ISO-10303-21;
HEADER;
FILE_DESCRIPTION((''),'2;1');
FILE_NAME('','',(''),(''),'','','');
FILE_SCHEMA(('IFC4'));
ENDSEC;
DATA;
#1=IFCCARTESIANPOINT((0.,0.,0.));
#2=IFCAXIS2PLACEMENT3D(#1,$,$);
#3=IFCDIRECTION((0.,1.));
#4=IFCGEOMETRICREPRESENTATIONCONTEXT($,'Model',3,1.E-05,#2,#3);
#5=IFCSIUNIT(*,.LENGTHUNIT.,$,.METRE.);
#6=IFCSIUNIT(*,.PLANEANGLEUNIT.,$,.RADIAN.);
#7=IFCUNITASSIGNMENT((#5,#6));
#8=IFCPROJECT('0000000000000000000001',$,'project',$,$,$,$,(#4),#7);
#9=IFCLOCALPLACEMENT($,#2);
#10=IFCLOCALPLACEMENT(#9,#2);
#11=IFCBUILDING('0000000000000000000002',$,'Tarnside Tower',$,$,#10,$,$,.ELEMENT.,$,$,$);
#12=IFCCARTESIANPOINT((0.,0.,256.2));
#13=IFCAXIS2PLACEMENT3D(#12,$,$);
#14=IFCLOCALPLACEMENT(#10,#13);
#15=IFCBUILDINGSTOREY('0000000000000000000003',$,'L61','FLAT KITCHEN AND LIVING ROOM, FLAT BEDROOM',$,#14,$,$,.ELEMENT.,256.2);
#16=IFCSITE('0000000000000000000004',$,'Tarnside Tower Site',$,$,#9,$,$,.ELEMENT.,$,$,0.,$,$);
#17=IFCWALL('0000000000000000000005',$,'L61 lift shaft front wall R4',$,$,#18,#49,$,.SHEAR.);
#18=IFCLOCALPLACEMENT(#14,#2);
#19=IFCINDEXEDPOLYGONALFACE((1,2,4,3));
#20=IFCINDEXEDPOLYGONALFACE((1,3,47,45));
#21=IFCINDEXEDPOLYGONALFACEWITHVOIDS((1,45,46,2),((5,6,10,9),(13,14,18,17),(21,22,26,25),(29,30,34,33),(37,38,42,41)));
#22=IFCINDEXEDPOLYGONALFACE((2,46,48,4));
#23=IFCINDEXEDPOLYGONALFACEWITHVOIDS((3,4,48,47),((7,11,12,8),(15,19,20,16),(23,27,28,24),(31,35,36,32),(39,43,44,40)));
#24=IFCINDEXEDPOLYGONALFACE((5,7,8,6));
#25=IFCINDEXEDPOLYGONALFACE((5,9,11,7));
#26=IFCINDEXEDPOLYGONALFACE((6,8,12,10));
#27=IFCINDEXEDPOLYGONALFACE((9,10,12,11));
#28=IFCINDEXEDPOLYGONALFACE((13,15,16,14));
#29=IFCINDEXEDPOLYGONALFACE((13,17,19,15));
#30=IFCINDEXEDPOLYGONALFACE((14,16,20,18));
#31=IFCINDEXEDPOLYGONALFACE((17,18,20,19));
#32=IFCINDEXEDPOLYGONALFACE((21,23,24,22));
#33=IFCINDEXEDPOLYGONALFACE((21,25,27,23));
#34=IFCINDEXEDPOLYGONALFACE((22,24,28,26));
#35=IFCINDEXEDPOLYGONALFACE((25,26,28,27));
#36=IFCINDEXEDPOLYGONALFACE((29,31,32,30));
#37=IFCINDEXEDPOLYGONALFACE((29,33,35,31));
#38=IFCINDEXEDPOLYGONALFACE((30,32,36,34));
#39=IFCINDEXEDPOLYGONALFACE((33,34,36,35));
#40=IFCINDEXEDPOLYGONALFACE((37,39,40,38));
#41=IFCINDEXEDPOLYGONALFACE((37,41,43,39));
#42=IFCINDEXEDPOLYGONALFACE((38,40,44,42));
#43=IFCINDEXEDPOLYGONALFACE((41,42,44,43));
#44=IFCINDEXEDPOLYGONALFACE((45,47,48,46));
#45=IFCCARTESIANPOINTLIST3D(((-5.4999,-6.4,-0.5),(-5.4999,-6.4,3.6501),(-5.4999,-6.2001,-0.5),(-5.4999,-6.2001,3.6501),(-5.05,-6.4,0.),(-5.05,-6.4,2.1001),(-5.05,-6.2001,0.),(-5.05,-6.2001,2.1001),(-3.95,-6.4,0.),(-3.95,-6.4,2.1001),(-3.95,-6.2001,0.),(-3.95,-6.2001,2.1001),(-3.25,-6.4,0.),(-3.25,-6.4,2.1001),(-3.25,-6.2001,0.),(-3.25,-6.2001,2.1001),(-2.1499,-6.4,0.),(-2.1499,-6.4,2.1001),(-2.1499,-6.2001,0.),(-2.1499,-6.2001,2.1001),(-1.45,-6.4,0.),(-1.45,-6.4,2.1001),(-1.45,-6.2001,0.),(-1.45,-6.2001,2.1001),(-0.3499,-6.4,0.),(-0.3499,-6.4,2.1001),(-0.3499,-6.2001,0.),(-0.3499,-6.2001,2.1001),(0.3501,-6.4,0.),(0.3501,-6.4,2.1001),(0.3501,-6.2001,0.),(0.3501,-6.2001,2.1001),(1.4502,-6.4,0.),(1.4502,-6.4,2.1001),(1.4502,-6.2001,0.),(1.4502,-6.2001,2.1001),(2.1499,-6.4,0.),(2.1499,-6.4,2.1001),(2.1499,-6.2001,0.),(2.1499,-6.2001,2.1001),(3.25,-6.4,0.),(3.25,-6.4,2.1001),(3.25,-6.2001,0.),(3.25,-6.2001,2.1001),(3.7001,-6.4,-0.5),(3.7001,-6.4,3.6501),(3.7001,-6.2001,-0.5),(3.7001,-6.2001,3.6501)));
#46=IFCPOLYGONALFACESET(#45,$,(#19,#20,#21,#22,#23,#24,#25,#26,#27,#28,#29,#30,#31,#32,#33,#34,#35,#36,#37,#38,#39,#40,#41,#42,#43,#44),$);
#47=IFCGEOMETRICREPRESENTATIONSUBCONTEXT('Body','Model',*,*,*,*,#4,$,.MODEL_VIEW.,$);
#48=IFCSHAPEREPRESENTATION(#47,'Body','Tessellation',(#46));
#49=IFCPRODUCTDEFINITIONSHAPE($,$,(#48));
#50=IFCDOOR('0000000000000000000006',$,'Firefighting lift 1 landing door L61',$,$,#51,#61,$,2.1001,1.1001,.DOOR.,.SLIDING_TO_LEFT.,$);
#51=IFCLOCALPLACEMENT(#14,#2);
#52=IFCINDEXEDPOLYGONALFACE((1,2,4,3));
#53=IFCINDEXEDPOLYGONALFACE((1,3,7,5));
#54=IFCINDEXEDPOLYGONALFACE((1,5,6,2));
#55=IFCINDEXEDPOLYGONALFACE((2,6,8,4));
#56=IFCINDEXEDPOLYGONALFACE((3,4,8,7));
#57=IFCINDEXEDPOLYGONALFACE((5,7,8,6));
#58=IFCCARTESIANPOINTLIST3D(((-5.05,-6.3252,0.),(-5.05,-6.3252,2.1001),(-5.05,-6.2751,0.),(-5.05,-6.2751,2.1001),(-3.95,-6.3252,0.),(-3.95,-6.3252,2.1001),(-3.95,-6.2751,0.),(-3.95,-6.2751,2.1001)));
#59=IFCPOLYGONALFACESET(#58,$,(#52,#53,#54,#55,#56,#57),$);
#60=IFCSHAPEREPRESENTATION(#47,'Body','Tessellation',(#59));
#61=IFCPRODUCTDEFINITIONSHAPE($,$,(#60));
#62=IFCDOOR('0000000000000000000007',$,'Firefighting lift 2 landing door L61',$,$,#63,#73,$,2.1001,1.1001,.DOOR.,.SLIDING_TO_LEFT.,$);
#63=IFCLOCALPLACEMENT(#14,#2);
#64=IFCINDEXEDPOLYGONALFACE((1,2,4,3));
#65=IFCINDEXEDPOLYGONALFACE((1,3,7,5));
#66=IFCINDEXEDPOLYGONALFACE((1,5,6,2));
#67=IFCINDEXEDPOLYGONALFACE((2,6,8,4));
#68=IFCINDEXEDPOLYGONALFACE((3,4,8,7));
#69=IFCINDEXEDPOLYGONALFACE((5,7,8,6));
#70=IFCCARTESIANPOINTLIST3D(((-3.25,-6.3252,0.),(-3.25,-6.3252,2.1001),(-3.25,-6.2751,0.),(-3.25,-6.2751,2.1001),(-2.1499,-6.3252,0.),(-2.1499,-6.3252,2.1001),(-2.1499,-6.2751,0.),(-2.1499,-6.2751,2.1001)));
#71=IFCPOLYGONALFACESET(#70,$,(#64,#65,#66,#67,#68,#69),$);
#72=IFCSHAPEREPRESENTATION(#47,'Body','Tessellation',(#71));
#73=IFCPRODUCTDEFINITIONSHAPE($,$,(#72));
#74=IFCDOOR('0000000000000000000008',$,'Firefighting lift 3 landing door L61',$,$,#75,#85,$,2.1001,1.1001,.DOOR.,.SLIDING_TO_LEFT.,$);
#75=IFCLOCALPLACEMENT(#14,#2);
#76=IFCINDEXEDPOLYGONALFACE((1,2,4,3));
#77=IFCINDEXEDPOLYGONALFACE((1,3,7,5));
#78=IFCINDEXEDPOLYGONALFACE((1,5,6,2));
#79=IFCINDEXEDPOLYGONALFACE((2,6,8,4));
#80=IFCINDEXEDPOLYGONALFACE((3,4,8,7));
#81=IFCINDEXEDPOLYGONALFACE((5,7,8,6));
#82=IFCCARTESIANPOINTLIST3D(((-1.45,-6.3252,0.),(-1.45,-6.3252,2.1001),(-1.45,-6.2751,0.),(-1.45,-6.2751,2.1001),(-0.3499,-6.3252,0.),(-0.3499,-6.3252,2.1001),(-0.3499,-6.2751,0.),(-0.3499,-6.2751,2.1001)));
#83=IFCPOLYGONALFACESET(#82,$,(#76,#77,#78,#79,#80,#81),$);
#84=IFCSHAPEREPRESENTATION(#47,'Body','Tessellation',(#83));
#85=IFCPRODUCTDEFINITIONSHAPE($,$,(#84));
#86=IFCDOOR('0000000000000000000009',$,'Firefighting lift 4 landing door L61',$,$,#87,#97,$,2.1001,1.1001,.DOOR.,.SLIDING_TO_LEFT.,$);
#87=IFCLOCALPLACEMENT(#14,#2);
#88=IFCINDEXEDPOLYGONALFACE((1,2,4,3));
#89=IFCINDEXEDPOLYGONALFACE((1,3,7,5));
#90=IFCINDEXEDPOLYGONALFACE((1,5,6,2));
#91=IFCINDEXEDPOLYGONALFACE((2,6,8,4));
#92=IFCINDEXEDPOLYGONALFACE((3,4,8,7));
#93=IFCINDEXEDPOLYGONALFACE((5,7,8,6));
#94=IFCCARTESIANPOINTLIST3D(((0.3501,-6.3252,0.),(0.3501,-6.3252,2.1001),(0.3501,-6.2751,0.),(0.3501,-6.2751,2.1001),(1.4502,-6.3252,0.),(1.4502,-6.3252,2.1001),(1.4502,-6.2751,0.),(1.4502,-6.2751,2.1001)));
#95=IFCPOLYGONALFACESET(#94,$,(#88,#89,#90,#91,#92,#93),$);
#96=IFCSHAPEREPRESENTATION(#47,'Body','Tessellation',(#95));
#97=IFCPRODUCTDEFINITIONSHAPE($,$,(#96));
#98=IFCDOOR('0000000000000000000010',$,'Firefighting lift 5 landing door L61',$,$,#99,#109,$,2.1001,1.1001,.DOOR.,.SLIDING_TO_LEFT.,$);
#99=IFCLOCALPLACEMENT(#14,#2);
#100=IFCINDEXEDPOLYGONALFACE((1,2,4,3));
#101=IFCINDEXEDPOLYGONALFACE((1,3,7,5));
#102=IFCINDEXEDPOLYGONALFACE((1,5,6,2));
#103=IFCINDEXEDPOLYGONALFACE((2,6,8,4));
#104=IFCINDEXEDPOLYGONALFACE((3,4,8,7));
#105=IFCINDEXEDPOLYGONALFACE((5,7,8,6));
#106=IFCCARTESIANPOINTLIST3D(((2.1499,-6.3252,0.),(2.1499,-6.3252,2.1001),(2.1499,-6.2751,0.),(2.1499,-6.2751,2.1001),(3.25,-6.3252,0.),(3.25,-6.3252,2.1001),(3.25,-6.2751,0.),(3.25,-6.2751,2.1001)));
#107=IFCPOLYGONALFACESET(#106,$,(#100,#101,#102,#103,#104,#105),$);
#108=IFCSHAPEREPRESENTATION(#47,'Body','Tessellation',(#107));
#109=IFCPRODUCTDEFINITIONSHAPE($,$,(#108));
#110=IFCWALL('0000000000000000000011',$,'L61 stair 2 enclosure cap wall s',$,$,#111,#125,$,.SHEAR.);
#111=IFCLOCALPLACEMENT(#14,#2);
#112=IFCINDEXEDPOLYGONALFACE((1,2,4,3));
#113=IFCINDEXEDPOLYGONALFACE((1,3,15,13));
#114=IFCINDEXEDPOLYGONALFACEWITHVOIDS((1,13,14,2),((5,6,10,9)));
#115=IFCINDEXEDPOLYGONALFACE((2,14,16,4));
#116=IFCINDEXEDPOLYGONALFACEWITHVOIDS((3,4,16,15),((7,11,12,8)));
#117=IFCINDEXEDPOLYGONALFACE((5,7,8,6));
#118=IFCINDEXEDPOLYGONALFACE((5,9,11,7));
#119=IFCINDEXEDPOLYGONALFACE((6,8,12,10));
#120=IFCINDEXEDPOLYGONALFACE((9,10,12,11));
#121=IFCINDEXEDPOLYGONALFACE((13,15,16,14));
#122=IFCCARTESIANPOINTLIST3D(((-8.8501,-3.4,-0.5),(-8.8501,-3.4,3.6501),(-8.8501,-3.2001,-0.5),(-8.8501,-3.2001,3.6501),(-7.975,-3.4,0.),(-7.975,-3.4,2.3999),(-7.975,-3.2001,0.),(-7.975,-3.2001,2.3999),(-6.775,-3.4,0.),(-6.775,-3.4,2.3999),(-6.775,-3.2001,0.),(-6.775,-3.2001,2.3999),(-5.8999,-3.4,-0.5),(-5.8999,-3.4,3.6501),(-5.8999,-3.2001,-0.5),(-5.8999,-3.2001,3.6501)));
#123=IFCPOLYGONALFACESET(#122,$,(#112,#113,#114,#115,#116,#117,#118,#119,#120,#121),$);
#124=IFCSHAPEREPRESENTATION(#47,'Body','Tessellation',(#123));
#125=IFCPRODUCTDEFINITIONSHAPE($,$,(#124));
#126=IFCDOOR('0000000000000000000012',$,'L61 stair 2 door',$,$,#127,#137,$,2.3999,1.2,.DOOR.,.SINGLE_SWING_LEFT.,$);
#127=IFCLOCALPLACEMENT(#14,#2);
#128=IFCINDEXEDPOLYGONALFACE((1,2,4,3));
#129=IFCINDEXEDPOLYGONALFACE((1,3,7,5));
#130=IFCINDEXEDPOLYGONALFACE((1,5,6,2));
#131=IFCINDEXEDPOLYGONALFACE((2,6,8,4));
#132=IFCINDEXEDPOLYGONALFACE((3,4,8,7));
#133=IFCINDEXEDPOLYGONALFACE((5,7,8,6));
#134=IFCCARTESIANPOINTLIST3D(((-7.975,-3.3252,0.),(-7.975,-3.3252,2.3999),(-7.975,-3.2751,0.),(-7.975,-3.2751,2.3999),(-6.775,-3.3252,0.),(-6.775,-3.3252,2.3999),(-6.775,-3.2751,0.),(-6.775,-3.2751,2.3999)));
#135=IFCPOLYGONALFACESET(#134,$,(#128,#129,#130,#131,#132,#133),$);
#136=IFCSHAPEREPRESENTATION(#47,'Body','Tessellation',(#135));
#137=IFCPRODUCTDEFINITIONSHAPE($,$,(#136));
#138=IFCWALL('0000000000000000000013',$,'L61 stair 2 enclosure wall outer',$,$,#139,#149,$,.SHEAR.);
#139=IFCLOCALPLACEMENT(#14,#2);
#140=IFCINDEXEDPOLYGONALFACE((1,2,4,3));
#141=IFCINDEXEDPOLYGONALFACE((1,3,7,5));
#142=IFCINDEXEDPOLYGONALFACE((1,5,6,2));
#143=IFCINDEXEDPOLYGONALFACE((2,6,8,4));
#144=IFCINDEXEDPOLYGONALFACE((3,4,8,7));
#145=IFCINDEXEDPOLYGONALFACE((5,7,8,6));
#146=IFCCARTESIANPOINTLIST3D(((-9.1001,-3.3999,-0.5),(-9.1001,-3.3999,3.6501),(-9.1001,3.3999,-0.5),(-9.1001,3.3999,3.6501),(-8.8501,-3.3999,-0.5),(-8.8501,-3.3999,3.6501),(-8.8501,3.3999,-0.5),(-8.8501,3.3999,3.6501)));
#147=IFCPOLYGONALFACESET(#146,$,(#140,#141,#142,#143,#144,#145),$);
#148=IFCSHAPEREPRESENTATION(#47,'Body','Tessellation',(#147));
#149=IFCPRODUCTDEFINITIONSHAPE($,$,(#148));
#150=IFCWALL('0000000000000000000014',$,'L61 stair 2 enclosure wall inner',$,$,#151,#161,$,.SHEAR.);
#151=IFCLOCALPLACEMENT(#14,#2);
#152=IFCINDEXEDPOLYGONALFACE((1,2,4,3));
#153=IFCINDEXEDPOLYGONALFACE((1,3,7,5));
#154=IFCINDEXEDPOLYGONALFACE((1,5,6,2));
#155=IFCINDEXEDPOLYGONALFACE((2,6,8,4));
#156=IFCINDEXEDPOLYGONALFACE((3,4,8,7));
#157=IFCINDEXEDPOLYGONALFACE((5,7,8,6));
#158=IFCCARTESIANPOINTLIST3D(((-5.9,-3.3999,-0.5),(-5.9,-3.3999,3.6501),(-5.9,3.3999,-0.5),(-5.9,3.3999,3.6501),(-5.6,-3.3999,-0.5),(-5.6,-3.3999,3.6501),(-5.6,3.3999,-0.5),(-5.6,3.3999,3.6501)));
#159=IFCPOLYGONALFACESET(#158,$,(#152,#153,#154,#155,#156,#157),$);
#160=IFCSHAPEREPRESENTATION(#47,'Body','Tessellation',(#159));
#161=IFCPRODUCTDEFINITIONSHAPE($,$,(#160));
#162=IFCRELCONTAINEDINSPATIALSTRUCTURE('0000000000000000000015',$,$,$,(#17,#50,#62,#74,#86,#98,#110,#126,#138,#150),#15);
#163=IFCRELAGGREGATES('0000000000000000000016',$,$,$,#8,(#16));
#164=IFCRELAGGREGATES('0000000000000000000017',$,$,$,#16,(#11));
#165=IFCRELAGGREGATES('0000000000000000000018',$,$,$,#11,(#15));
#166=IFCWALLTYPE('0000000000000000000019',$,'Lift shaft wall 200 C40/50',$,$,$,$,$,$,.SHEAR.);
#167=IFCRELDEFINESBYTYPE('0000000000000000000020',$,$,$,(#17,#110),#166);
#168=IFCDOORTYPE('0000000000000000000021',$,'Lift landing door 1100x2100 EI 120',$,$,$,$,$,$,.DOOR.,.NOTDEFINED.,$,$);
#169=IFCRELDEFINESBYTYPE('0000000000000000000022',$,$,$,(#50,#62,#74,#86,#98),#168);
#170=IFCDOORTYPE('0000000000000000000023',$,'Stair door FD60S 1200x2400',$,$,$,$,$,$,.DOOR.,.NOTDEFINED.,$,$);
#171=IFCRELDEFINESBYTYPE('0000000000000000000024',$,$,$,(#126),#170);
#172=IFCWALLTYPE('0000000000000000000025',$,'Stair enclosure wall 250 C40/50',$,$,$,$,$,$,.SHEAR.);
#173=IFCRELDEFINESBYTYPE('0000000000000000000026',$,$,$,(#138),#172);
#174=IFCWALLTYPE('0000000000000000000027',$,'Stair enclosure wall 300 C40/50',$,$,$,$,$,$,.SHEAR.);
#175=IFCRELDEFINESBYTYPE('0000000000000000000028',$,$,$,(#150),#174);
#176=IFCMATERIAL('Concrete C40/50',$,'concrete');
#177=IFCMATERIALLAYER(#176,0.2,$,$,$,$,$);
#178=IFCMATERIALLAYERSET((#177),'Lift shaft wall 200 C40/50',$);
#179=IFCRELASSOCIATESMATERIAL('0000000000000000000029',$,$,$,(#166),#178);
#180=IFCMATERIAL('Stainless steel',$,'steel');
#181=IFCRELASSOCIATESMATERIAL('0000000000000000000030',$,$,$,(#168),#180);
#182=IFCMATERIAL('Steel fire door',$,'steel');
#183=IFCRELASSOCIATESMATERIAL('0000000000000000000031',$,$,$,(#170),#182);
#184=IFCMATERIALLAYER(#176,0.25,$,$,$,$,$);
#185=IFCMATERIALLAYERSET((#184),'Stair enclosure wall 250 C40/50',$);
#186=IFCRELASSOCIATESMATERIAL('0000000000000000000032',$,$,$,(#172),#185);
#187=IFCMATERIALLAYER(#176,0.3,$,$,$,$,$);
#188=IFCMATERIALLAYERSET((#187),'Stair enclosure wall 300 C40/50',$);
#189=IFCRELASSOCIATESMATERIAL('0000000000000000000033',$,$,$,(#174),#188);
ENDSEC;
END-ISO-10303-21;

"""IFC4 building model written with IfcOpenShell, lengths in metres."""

from ifc_helpers import new_model, si_unit, direction, frame, frame_2d, origin, place, context, subcontext, project, spatial, rectangle, extrude, material, layer, layer_set, type_object, element, fill, save


model = new_model("IFC4")

# Units and contexts
model_context = context("Model", 3, precision=1e-05, world=origin(), true_north=direction((0.0, 1.0)))
body_context = subcontext(model_context, "Body", "Model", "MODEL_VIEW")
ifc_project = project(units=[si_unit("LENGTHUNIT", "METRE"), si_unit("PLANEANGLEUNIT", "RADIAN")], contexts=[model_context])

# Site, building, storey
site_placement = place(None, origin())
site = spatial("IfcSite", under=ifc_project, at=site_placement, Name="Tarnside Tower Site", CompositionType="ELEMENT", RefElevation=0.0)
building_placement = place(site_placement, origin())
building = spatial("IfcBuilding", under=site, at=building_placement, Name="Tarnside Tower", CompositionType="ELEMENT")
storey_placement = place(building_placement, frame((0.0, 0.0, 256.2)))
storey = spatial("IfcBuildingStorey", under=building, at=storey_placement, Name="L61", Description="FLAT KITCHEN AND LIVING ROOM, FLAT BEDROOM", CompositionType="ELEMENT", Elevation=256.2)

# Shared definitions
ifc_material_1 = material(Name="Concrete C40/50", Category="concrete")
ifc_material_2 = material(Name="Steel fire door", Category="steel")

# Wall, openings, doors
ifc_layer_1 = layer(ifc_material_1, 0.2)
ifc_layer_set_1 = layer_set([ifc_layer_1], Name="Lift shaft wall 200 C40/50")
wall_type_1 = type_object("IfcWallType", Name="Lift shaft wall 200 C40/50", PredefinedType="SHEAR", material=ifc_layer_set_1)
wall_1_placement = place(storey_placement, frame((-5.5, -6.3, -0.5), z_axis=(0.0, 0.0, 1.0), x_axis=(1.0, 0.0, 0.0)))
wall_1 = element("IfcWall", 1, at=wall_1_placement, inside=storey, type_object=wall_type_1, Name="L61 lift shaft front wall R4", PredefinedType="SHEAR", context=body_context, shape_type="SweptSolid", body=[
    extrude(rectangle(XDim=9.2, YDim=0.2, at=frame_2d((4.6001, 0.0))), origin(), (0.0, 0.0, 1.0), 4.1501),
])
opening_1_placement = place(wall_1_placement, frame((0.45, 0.0, 0.5)))
opening_1 = element("IfcOpeningElement", 2, at=opening_1_placement, cuts=wall_1, PredefinedType="OPENING", context=body_context, shape_type="SweptSolid", body=[
    extrude(rectangle(XDim=1.1001, YDim=2.1001, at=frame_2d((0.55, 1.05))), frame((0.0, 0.1099, 0.0), z_axis=(0.0, -1.0, 0.0), x_axis=(1.0, 0.0, 0.0)), (0.0, 0.0, 1.0), 0.22),
])
opening_2_placement = place(wall_1_placement, frame((2.25, 0.0, 0.5)))
opening_2 = element("IfcOpeningElement", 3, at=opening_2_placement, cuts=wall_1, PredefinedType="OPENING", context=body_context, shape_type="SweptSolid", body=[
    extrude(rectangle(XDim=1.1001, YDim=2.1001, at=frame_2d((0.55, 1.05))), frame((0.0, 0.1099, 0.0), z_axis=(0.0, -1.0, 0.0), x_axis=(1.0, 0.0, 0.0)), (0.0, 0.0, 1.0), 0.22),
])
opening_3_placement = place(wall_1_placement, frame((4.05, 0.0, 0.5)))
opening_3 = element("IfcOpeningElement", 4, at=opening_3_placement, cuts=wall_1, PredefinedType="OPENING", context=body_context, shape_type="SweptSolid", body=[
    extrude(rectangle(XDim=1.1001, YDim=2.1001, at=frame_2d((0.55, 1.05))), frame((0.0, 0.1099, 0.0), z_axis=(0.0, -1.0, 0.0), x_axis=(1.0, 0.0, 0.0)), (0.0, 0.0, 1.0), 0.22),
])
opening_4_placement = place(wall_1_placement, frame((5.8501, 0.0, 0.5)))
opening_4 = element("IfcOpeningElement", 5, at=opening_4_placement, cuts=wall_1, PredefinedType="OPENING", context=body_context, shape_type="SweptSolid", body=[
    extrude(rectangle(XDim=1.1001, YDim=2.1001, at=frame_2d((0.55, 1.05))), frame((0.0, 0.1099, 0.0), z_axis=(0.0, -1.0, 0.0), x_axis=(1.0, 0.0, 0.0)), (0.0, 0.0, 1.0), 0.22),
])
opening_5_placement = place(wall_1_placement, frame((7.6499, 0.0, 0.5)))
opening_5 = element("IfcOpeningElement", 6, at=opening_5_placement, cuts=wall_1, PredefinedType="OPENING", context=body_context, shape_type="SweptSolid", body=[
    extrude(rectangle(XDim=1.1001, YDim=2.1001, at=frame_2d((0.55, 1.05))), frame((0.0, 0.1099, 0.0), z_axis=(0.0, -1.0, 0.0), x_axis=(1.0, 0.0, 0.0)), (0.0, 0.0, 1.0), 0.22),
])
ifc_material_3 = material(Name="Stainless steel", Category="steel")
door_type_1 = type_object("IfcDoorType", Name="Lift landing door 1100x2100 EI 120", OperationType="NOTDEFINED", PredefinedType="DOOR", material=ifc_material_3)
door_1_placement = place(opening_1_placement, origin())
door_1 = element("IfcDoor", 7, at=door_1_placement, inside=storey, type_object=door_type_1, Name="Firefighting lift 1 landing door L61", OperationType="SLIDING_TO_LEFT", OverallHeight=2.1001, OverallWidth=1.1001, PredefinedType="DOOR", context=body_context, shape_type="SweptSolid", body=[
    extrude(rectangle(XDim=1.1001, YDim=2.1001, at=frame_2d((0.55, 1.05))), frame((0.0, 0.0249, 0.0), z_axis=(0.0, -1.0, 0.0), x_axis=(1.0, 0.0, 0.0)), (0.0, 0.0, 1.0), 0.05),
])
fill(opening_1, door_1)
door_2_placement = place(opening_2_placement, origin())
door_2 = element("IfcDoor", 8, at=door_2_placement, inside=storey, type_object=door_type_1, Name="Firefighting lift 2 landing door L61", OperationType="SLIDING_TO_LEFT", OverallHeight=2.1001, OverallWidth=1.1001, PredefinedType="DOOR", context=body_context, shape_type="SweptSolid", body=[
    extrude(rectangle(XDim=1.1001, YDim=2.1001, at=frame_2d((0.55, 1.05))), frame((0.0, 0.0249, 0.0), z_axis=(0.0, -1.0, 0.0), x_axis=(1.0, 0.0, 0.0)), (0.0, 0.0, 1.0), 0.05),
])
fill(opening_2, door_2)
door_3_placement = place(opening_3_placement, origin())
door_3 = element("IfcDoor", 9, at=door_3_placement, inside=storey, type_object=door_type_1, Name="Firefighting lift 3 landing door L61", OperationType="SLIDING_TO_LEFT", OverallHeight=2.1001, OverallWidth=1.1001, PredefinedType="DOOR", context=body_context, shape_type="SweptSolid", body=[
    extrude(rectangle(XDim=1.1001, YDim=2.1001, at=frame_2d((0.55, 1.05))), frame((0.0, 0.0249, 0.0), z_axis=(0.0, -1.0, 0.0), x_axis=(1.0, 0.0, 0.0)), (0.0, 0.0, 1.0), 0.05),
])
fill(opening_3, door_3)
door_4_placement = place(opening_4_placement, origin())
door_4 = element("IfcDoor", 10, at=door_4_placement, inside=storey, type_object=door_type_1, Name="Firefighting lift 4 landing door L61", OperationType="SLIDING_TO_LEFT", OverallHeight=2.1001, OverallWidth=1.1001, PredefinedType="DOOR", context=body_context, shape_type="SweptSolid", body=[
    extrude(rectangle(XDim=1.1001, YDim=2.1001, at=frame_2d((0.55, 1.05))), frame((0.0, 0.0249, 0.0), z_axis=(0.0, -1.0, 0.0), x_axis=(1.0, 0.0, 0.0)), (0.0, 0.0, 1.0), 0.05),
])
fill(opening_4, door_4)
door_5_placement = place(opening_5_placement, origin())
door_5 = element("IfcDoor", 11, at=door_5_placement, inside=storey, type_object=door_type_1, Name="Firefighting lift 5 landing door L61", OperationType="SLIDING_TO_LEFT", OverallHeight=2.1001, OverallWidth=1.1001, PredefinedType="DOOR", context=body_context, shape_type="SweptSolid", body=[
    extrude(rectangle(XDim=1.1001, YDim=2.1001, at=frame_2d((0.55, 1.05))), frame((0.0, 0.0249, 0.0), z_axis=(0.0, -1.0, 0.0), x_axis=(1.0, 0.0, 0.0)), (0.0, 0.0, 1.0), 0.05),
])
fill(opening_5, door_5)

# Wall, opening, door
wall_2_placement = place(storey_placement, frame((-8.8501, -3.3, -0.5), z_axis=(0.0, 0.0, 1.0), x_axis=(1.0, 0.0, 0.0)))
wall_2 = element("IfcWall", 12, at=wall_2_placement, inside=storey, type_object=wall_type_1, Name="L61 stair 2 enclosure cap wall s", PredefinedType="SHEAR", context=body_context, shape_type="SweptSolid", body=[
    extrude(rectangle(XDim=2.9502, YDim=0.2, at=frame_2d((1.4751, 0.0))), origin(), (0.0, 0.0, 1.0), 4.1501),
])
opening_6_placement = place(wall_2_placement, frame((0.875, 0.0, 0.5)))
opening_6 = element("IfcOpeningElement", 13, at=opening_6_placement, cuts=wall_2, PredefinedType="OPENING", context=body_context, shape_type="SweptSolid", body=[
    extrude(rectangle(XDim=1.2, YDim=2.3999, at=frame_2d((0.6001, 1.2))), frame((0.0, 0.1099, 0.0), z_axis=(0.0, -1.0, 0.0), x_axis=(1.0, 0.0, 0.0)), (0.0, 0.0, 1.0), 0.22),
])
door_type_2 = type_object("IfcDoorType", Name="Stair door FD60S 1200x2400", OperationType="NOTDEFINED", PredefinedType="DOOR", material=ifc_material_2)
door_6_placement = place(opening_6_placement, origin())
door_6 = element("IfcDoor", 14, at=door_6_placement, inside=storey, type_object=door_type_2, Name="L61 stair 2 door", OperationType="SINGLE_SWING_LEFT", OverallHeight=2.3999, OverallWidth=1.2, PredefinedType="DOOR", context=body_context, shape_type="SweptSolid", body=[
    extrude(rectangle(XDim=1.2, YDim=2.3999, at=frame_2d((0.6001, 1.2))), frame((0.0, 0.0249, 0.0), z_axis=(0.0, -1.0, 0.0), x_axis=(1.0, 0.0, 0.0)), (0.0, 0.0, 1.0), 0.05),
])
fill(opening_6, door_6)

# Walls
ifc_layer_2 = layer(ifc_material_1, 0.25)
ifc_layer_set_2 = layer_set([ifc_layer_2], Name="Stair enclosure wall 250 C40/50")
wall_type_2 = type_object("IfcWallType", Name="Stair enclosure wall 250 C40/50", PredefinedType="SHEAR", material=ifc_layer_set_2)
wall_3_placement = place(storey_placement, frame((-8.9751, -3.3999, -0.5), z_axis=(0.0, 0.0, 1.0), x_axis=(0.0, 1.0, 0.0)))
element("IfcWall", 15, at=wall_3_placement, inside=storey, type_object=wall_type_2, Name="L61 stair 2 enclosure wall outer", PredefinedType="SHEAR", context=body_context, shape_type="SweptSolid", body=[
    extrude(rectangle(XDim=6.7998, YDim=0.25, at=frame_2d((3.3999, 0.0))), origin(), (0.0, 0.0, 1.0), 4.1501),
])
ifc_layer_3 = layer(ifc_material_1, 0.3)
ifc_layer_set_3 = layer_set([ifc_layer_3], Name="Stair enclosure wall 300 C40/50")
wall_type_3 = type_object("IfcWallType", Name="Stair enclosure wall 300 C40/50", PredefinedType="SHEAR", material=ifc_layer_set_3)
wall_4_placement = place(storey_placement, frame((-5.75, -3.3999, -0.5), z_axis=(0.0, 0.0, 1.0), x_axis=(0.0, 1.0, 0.0)))
element("IfcWall", 16, at=wall_4_placement, inside=storey, type_object=wall_type_3, Name="L61 stair 2 enclosure wall inner", PredefinedType="SHEAR", context=body_context, shape_type="SweptSolid", body=[
    extrude(rectangle(XDim=6.7998, YDim=0.3, at=frame_2d((3.3999, 0.0))), origin(), (0.0, 0.0, 1.0), 4.1501),
])

save(model, "model.ifc")
